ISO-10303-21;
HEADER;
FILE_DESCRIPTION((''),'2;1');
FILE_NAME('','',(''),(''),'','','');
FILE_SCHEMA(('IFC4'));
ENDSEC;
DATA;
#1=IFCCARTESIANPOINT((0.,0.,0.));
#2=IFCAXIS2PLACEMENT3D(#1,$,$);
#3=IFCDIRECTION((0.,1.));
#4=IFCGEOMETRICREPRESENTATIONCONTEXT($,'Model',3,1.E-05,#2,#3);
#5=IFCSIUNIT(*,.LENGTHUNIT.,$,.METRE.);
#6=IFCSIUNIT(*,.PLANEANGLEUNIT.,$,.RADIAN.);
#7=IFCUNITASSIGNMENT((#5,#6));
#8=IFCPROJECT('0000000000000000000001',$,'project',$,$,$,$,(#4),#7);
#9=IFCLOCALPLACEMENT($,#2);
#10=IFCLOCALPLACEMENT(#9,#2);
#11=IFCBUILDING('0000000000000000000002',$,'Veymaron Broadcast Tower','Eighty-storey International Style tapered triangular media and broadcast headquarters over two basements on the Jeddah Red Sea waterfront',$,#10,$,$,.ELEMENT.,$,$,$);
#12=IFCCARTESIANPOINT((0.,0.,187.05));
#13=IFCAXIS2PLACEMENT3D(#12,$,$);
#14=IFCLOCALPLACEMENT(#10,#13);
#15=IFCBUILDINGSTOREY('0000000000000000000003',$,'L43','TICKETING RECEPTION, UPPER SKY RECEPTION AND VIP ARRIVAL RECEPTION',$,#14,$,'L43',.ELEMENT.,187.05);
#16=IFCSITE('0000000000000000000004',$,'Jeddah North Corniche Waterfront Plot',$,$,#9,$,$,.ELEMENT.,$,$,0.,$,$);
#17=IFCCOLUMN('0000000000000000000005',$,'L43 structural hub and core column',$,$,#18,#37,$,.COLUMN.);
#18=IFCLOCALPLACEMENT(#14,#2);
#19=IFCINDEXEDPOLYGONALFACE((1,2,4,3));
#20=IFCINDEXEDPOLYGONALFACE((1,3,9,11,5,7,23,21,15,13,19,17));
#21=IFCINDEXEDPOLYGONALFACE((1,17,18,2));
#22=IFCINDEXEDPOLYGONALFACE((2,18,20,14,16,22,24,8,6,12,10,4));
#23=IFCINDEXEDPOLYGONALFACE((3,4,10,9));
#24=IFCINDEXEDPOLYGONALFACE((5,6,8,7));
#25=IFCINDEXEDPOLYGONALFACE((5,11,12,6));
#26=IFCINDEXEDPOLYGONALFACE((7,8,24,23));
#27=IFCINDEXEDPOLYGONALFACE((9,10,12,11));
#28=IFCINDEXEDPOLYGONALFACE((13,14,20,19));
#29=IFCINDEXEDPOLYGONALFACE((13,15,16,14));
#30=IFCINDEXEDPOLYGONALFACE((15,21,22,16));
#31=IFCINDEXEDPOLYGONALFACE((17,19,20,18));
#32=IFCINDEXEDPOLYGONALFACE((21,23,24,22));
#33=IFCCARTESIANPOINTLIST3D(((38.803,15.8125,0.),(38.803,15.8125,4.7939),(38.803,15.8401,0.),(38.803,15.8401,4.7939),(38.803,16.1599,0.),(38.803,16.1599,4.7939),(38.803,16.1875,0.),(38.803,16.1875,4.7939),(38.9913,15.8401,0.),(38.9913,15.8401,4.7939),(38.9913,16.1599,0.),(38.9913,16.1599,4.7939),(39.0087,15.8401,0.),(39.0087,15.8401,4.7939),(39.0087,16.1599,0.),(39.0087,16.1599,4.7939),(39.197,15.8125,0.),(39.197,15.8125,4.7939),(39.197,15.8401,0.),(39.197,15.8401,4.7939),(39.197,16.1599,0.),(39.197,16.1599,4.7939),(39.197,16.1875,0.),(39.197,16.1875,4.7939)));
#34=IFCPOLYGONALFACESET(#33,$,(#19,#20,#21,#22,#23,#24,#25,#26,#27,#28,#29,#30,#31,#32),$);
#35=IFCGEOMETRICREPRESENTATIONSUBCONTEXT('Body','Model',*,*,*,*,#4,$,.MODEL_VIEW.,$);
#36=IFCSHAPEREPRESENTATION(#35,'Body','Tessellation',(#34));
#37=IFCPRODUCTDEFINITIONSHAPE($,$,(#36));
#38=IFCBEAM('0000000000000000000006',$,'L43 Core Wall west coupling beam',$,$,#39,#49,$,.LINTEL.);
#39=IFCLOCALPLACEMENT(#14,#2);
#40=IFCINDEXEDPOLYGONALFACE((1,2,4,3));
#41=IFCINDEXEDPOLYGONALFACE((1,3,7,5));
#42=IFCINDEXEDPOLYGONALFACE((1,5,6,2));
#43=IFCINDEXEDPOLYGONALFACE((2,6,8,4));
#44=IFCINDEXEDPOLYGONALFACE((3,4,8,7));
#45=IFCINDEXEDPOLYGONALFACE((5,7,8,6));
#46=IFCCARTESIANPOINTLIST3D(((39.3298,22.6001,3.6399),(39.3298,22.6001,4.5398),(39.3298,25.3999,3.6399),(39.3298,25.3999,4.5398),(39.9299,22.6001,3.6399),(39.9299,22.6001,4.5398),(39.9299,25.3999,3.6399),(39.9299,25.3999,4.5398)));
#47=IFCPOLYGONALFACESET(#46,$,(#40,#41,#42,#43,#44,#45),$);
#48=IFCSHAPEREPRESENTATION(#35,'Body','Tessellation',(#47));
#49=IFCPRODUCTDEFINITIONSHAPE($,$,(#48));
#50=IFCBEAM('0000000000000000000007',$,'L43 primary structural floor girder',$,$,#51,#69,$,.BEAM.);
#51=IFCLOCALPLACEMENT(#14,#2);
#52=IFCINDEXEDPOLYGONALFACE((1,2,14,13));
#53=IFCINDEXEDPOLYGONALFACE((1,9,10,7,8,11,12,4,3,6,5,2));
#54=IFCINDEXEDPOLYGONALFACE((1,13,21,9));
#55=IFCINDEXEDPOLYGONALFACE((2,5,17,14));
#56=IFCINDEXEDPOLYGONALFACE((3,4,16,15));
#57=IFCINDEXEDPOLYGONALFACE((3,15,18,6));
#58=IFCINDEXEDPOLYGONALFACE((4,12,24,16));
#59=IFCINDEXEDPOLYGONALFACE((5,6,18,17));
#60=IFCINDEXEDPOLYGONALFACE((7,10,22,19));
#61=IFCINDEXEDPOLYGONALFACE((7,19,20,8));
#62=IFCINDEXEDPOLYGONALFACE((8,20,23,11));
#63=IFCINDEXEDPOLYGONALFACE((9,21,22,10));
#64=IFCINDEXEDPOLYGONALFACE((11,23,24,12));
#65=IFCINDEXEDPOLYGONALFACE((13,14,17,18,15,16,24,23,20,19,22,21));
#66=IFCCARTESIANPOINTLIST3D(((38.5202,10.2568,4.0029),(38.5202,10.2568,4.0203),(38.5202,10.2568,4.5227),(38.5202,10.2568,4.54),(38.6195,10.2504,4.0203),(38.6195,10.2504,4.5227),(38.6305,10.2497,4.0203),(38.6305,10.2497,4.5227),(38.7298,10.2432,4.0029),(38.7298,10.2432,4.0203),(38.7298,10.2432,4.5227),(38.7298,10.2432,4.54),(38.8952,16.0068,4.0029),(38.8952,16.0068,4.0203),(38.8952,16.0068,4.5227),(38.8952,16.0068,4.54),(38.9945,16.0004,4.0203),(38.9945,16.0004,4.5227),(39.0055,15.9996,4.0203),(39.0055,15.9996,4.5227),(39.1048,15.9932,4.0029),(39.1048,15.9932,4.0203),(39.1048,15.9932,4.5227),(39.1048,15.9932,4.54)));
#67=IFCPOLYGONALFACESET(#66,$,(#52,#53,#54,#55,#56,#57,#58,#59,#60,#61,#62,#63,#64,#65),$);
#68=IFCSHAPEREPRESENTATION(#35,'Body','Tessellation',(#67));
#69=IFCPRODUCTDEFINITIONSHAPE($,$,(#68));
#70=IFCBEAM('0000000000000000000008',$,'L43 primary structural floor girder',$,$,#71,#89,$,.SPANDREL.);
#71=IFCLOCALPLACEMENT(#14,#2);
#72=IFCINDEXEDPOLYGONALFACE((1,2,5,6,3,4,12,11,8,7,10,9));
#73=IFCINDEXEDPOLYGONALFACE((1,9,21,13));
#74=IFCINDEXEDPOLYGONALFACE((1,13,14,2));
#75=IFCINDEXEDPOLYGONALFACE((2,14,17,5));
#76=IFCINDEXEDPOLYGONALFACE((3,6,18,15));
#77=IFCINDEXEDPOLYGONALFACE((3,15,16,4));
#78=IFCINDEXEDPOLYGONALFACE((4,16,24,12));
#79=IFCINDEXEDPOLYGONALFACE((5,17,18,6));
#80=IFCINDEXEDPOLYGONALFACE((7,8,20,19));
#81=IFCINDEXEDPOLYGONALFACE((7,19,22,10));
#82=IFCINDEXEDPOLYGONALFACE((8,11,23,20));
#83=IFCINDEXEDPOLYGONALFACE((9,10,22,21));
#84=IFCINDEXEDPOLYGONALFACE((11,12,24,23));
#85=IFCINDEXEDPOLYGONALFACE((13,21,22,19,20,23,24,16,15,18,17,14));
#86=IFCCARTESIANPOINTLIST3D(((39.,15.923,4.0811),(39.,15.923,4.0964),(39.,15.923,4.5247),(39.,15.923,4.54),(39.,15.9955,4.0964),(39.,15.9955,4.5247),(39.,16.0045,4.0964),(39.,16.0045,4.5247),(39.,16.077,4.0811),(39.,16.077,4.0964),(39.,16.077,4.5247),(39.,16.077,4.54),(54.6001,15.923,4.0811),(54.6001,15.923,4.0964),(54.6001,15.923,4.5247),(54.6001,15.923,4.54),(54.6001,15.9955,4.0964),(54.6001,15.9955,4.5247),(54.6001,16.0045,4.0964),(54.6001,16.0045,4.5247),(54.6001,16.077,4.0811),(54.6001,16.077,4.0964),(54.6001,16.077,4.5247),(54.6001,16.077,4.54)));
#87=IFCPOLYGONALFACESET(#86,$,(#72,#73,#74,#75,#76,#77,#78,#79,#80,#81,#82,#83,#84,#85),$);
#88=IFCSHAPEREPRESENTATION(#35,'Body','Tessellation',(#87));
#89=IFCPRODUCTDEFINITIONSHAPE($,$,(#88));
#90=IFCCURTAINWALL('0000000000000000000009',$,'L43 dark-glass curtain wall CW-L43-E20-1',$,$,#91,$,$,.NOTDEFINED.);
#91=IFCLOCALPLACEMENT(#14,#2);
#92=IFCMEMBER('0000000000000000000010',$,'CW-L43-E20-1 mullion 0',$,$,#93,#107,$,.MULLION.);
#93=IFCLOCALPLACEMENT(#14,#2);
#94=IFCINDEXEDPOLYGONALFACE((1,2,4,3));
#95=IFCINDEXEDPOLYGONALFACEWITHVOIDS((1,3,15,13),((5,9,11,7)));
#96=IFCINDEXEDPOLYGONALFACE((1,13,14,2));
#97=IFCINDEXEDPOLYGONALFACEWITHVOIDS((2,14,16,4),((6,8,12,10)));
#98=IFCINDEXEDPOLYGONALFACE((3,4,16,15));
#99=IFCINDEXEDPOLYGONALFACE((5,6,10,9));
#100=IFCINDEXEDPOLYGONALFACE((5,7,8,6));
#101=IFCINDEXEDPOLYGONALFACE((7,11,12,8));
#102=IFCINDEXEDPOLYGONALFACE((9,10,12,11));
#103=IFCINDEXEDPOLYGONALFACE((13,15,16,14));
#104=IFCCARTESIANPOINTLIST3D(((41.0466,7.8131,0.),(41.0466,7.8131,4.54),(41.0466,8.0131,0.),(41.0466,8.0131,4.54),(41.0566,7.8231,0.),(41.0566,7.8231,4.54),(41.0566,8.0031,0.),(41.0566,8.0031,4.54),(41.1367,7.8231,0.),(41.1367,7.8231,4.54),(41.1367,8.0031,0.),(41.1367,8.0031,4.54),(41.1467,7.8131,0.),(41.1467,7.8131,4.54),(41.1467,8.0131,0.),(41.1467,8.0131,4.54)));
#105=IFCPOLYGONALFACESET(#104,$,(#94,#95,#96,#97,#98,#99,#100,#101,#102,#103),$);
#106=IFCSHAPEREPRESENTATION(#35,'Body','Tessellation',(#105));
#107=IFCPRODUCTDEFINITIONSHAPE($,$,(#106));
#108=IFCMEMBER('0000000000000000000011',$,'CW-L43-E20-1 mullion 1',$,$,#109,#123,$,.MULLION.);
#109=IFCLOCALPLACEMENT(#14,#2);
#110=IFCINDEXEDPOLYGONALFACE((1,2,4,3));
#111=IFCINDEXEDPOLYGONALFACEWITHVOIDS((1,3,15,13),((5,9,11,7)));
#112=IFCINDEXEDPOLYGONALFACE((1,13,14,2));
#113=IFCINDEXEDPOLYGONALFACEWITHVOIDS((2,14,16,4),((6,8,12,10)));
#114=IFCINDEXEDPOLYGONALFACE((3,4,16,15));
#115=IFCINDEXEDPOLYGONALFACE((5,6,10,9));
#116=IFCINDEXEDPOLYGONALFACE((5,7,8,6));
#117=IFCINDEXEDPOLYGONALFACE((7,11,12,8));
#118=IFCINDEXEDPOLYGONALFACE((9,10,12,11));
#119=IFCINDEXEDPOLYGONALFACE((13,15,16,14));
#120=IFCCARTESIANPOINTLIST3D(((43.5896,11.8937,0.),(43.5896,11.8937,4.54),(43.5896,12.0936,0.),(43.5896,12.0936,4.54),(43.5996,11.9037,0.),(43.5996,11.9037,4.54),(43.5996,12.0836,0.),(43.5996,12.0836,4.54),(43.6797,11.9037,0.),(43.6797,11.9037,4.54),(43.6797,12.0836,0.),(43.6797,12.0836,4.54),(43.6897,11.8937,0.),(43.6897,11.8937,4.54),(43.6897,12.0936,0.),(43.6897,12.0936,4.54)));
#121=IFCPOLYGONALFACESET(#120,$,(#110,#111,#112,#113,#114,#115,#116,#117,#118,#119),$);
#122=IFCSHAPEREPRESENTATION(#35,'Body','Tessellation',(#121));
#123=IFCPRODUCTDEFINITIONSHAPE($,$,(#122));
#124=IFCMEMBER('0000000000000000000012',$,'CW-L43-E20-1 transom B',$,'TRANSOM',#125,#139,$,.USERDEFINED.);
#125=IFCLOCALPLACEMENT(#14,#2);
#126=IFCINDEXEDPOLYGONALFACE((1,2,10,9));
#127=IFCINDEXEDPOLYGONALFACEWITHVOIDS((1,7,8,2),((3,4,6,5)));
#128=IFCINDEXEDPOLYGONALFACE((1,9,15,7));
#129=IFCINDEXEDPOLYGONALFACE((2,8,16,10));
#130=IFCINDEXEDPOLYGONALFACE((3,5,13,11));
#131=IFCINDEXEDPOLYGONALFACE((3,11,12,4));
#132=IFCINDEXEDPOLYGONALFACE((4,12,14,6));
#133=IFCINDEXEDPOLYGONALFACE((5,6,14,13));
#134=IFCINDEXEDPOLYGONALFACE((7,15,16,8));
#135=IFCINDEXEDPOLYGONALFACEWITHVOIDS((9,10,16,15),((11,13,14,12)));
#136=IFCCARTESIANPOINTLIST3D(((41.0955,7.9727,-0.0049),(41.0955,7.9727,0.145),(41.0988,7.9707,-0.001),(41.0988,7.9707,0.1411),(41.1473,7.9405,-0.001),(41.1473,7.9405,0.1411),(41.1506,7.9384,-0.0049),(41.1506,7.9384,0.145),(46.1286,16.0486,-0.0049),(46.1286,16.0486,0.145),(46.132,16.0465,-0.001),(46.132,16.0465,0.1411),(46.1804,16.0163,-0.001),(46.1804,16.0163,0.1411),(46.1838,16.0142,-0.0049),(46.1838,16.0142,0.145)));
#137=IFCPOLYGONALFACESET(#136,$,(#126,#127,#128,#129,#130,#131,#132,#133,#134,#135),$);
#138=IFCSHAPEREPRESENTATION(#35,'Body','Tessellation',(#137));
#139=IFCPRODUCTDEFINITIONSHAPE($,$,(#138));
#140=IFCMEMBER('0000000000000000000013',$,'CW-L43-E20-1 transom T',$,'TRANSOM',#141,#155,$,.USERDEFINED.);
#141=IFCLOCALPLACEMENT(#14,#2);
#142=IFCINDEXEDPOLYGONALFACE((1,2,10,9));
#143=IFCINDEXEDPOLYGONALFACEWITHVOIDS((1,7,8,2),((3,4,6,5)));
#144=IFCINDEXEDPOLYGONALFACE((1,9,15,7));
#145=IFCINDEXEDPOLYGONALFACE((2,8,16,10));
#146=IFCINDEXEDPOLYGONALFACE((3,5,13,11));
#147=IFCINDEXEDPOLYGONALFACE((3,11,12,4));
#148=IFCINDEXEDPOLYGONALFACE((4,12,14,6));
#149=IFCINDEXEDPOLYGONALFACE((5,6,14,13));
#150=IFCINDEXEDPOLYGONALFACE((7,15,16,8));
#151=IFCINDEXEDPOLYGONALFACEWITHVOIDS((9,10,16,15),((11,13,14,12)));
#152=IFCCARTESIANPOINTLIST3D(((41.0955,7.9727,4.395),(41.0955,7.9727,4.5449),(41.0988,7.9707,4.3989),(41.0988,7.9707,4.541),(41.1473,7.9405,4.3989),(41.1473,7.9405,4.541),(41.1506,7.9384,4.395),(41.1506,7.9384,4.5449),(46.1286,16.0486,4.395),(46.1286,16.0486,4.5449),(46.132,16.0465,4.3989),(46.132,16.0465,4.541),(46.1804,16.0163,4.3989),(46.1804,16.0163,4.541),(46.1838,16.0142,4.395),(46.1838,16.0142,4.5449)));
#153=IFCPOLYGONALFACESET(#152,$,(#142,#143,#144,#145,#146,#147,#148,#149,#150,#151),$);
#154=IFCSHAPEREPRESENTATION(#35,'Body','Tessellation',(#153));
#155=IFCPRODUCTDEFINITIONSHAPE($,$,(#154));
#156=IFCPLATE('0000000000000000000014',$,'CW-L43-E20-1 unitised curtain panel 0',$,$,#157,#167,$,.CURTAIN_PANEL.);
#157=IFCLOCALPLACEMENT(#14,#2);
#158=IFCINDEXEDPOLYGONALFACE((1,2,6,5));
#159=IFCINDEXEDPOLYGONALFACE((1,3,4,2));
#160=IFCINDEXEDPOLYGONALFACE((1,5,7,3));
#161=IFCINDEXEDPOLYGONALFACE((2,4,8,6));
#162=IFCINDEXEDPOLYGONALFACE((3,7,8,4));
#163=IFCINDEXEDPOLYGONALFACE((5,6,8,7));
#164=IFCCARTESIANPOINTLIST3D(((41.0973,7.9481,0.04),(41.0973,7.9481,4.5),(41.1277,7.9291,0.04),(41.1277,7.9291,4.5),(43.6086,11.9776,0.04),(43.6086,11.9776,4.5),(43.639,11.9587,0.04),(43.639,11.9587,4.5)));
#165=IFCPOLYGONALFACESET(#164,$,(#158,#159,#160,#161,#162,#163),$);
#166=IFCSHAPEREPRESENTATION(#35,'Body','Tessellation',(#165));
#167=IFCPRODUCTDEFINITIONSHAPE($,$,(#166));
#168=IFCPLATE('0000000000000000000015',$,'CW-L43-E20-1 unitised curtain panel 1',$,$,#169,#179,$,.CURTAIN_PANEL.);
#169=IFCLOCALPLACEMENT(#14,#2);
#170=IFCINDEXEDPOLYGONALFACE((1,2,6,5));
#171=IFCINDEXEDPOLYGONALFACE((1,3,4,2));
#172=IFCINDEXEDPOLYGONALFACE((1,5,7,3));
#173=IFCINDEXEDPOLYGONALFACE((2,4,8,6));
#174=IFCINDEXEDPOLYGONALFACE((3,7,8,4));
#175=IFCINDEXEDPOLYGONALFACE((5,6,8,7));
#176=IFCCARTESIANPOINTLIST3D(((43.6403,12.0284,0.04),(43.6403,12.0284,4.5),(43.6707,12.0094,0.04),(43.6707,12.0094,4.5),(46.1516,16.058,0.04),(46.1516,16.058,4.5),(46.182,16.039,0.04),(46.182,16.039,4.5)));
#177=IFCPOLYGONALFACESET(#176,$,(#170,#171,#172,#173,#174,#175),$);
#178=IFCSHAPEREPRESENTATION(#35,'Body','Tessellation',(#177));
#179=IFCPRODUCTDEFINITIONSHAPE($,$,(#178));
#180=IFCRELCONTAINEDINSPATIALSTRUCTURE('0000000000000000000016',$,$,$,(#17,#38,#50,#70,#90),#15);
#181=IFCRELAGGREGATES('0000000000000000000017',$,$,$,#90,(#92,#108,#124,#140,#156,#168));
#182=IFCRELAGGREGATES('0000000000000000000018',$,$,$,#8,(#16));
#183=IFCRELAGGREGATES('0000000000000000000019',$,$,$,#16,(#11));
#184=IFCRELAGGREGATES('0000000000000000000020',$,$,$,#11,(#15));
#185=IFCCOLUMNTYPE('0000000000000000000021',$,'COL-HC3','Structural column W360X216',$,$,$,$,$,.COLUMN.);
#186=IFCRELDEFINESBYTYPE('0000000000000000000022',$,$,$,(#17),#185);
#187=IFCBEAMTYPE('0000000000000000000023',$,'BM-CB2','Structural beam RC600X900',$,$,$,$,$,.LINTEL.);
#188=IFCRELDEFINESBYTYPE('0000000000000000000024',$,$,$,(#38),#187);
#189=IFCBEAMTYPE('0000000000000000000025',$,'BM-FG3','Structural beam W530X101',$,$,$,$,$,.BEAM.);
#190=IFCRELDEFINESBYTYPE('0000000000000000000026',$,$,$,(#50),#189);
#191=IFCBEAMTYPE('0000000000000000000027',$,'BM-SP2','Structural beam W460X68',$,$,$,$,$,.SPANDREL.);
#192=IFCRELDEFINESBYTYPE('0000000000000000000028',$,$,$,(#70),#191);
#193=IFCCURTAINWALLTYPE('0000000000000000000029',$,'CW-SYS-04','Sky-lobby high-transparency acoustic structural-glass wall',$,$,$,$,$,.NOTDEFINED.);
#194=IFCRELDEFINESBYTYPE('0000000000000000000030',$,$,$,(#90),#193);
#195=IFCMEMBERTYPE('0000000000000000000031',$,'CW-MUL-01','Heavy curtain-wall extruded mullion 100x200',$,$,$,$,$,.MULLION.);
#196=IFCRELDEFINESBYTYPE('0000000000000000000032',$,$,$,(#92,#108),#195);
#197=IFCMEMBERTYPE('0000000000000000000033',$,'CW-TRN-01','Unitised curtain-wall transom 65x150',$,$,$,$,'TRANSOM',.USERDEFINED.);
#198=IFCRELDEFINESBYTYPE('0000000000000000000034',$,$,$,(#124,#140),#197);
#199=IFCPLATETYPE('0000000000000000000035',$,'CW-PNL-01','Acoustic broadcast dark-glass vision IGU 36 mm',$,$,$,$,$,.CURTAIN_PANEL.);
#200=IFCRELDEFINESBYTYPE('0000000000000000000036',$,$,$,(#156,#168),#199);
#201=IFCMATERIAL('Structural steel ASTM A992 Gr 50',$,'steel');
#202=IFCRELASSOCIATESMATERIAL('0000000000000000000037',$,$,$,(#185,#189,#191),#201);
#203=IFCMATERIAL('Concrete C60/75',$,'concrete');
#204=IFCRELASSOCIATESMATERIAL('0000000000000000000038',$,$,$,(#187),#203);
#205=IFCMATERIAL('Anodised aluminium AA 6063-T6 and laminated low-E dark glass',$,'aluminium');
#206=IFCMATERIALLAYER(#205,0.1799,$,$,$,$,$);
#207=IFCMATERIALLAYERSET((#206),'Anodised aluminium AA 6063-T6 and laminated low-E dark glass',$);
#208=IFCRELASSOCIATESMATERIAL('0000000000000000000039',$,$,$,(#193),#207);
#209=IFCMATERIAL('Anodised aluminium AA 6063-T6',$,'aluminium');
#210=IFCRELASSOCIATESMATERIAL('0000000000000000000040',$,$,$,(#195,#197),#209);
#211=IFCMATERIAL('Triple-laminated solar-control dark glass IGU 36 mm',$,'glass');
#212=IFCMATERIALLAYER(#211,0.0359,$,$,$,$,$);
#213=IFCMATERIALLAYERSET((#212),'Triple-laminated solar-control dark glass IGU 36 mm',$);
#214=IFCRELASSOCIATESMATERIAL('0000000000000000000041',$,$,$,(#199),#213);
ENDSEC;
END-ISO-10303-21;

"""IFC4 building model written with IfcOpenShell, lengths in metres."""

from ifc_helpers import new_model, si_unit, direction, frame, origin, origin_2d, place, context, subcontext, project, spatial, rectangle, hollow_rectangle, i_section, extrude, material, layer, layer_set, material_profile, profile_set, type_object, element, aggregate, save


model = new_model("IFC4")

# Units and contexts
model_context = context("Model", 3, precision=1e-05, world=origin(), true_north=direction((0.0, 1.0)))
body_context = subcontext(model_context, "Body", "Model", "MODEL_VIEW")
ifc_project = project(units=[si_unit("LENGTHUNIT", "METRE"), si_unit("PLANEANGLEUNIT", "RADIAN")], contexts=[model_context])

# Site, building, storey
site_placement = place(None, origin())
site = spatial("IfcSite", under=ifc_project, at=site_placement, Name="Jeddah North Corniche Waterfront Plot", CompositionType="ELEMENT", RefElevation=0.0)
building_placement = place(site_placement, origin())
building = spatial("IfcBuilding", under=site, at=building_placement, Name="Veymaron Broadcast Tower", Description="Eighty-storey International Style tapered triangular media and broadcast headquarters over two basements on the Jeddah Red Sea waterfront", CompositionType="ELEMENT")
storey_placement = place(building_placement, frame((0.0, 0.0, 187.05)))
storey = spatial("IfcBuildingStorey", under=building, at=storey_placement, Name="L43", Description="TICKETING RECEPTION, UPPER SKY RECEPTION AND VIP ARRIVAL RECEPTION", LongName="L43", CompositionType="ELEMENT", Elevation=187.05)

# Column
ifc_material_1 = material(Name="Structural steel ASTM A992 Gr 50", Category="steel")
ifc_material_profile_1 = material_profile(ifc_material_1, i_section(OverallWidth=0.394, OverallDepth=0.375, WebThickness=0.0173, FlangeThickness=0.0276, at=origin_2d()), Name="W360X216")
ifc_profile_set_1 = profile_set([ifc_material_profile_1], Name="Structural steel ASTM A992 Gr 50")
column_type = type_object("IfcColumnType", Name="COL-HC3", Description="Structural column W360X216", PredefinedType="COLUMN", material=ifc_profile_set_1)
column_placement = place(storey_placement, frame((39.0, 16.0, 0.0), z_axis=(0.0, 0.0, 1.0), x_axis=(1.0, 0.0, 0.0)))
element("IfcColumn", 1, at=column_placement, inside=storey, type_object=column_type, Name="L43 structural hub and core column", PredefinedType="COLUMN", context=body_context, shape_type="SweptSolid", body=[
    extrude(i_section(OverallWidth=0.394, OverallDepth=0.375, WebThickness=0.0173, FlangeThickness=0.0276, at=origin_2d()), origin(), (0.0, 0.0, 1.0), 4.7939),
])

# Beams
ifc_material_2 = material(Name="Concrete C60/75", Category="concrete")
ifc_material_profile_2 = material_profile(ifc_material_2, rectangle(XDim=0.6001, YDim=0.8999, at=origin_2d()), Name="RC600X900")
ifc_profile_set_2 = profile_set([ifc_material_profile_2], Name="Concrete C60/75")
beam_type_1 = type_object("IfcBeamType", Name="BM-CB2", Description="Structural beam RC600X900", PredefinedType="LINTEL", material=ifc_profile_set_2)
beam_1_placement = place(storey_placement, frame((39.6299, 22.6001, 4.0898), z_axis=(0.0, 1.0, 0.0), x_axis=(-1.0, 0.0, 0.0)))
element("IfcBeam", 2, at=beam_1_placement, inside=storey, type_object=beam_type_1, Name="L43 Core Wall west coupling beam", PredefinedType="LINTEL", context=body_context, shape_type="SweptSolid", body=[
    extrude(rectangle(XDim=0.6001, YDim=0.8999, at=origin_2d()), origin(), (0.0, 0.0, 1.0), 2.7998),
])
ifc_material_profile_3 = material_profile(ifc_material_1, i_section(OverallWidth=0.21, OverallDepth=0.5371, WebThickness=0.011, FlangeThickness=0.0173, at=origin_2d()), Name="W530X101")
ifc_profile_set_3 = profile_set([ifc_material_profile_3], Name="Structural steel ASTM A992 Gr 50")
beam_type_2 = type_object("IfcBeamType", Name="BM-FG3", Description="Structural beam W530X101", PredefinedType="BEAM", material=ifc_profile_set_3)
beam_2_placement = place(storey_placement, frame((39.0, 16.0, 4.2715), z_axis=(-0.065079, -0.99788, 0.0), x_axis=(0.99788, -0.065079, 0.0)))
element("IfcBeam", 3, at=beam_2_placement, inside=storey, type_object=beam_type_2, Name="L43 primary structural floor girder", PredefinedType="BEAM", context=body_context, shape_type="SweptSolid", body=[
    extrude(i_section(OverallWidth=0.21, OverallDepth=0.5371, WebThickness=0.011, FlangeThickness=0.0173, at=origin_2d()), origin(), (0.0, 0.0, 1.0), 5.7622),
])
ifc_material_profile_4 = material_profile(ifc_material_1, i_section(OverallWidth=0.1541, OverallDepth=0.459, WebThickness=0.009, FlangeThickness=0.0154, at=origin_2d()), Name="W460X68")
ifc_profile_set_4 = profile_set([ifc_material_profile_4], Name="Structural steel ASTM A992 Gr 50")
beam_type_3 = type_object("IfcBeamType", Name="BM-SP2", Description="Structural beam W460X68", PredefinedType="SPANDREL", material=ifc_profile_set_4)
beam_3_placement = place(storey_placement, frame((39.0, 16.0, 4.3105), z_axis=(1.0, 0.0, 0.0), x_axis=(0.0, 1.0, 0.0)))
element("IfcBeam", 4, at=beam_3_placement, inside=storey, type_object=beam_type_3, Name="L43 primary structural floor girder", PredefinedType="SPANDREL", context=body_context, shape_type="SweptSolid", body=[
    extrude(i_section(OverallWidth=0.1541, OverallDepth=0.459, WebThickness=0.009, FlangeThickness=0.0154, at=origin_2d()), origin(), (0.0, 0.0, 1.0), 15.6001),
])

# Curtain wall, members, plates
ifc_material_3 = material(Name="Anodised aluminium AA 6063-T6 and laminated low-E dark glass", Category="aluminium")
ifc_layer_1 = layer(ifc_material_3, 0.1799)
ifc_layer_set_1 = layer_set([ifc_layer_1], Name="Anodised aluminium AA 6063-T6 and laminated low-E dark glass")
curtain_wall_type = type_object("IfcCurtainWallType", Name="CW-SYS-04", Description="Sky-lobby high-transparency acoustic structural-glass wall", PredefinedType="NOTDEFINED", material=ifc_layer_set_1)
curtain_wall_placement = place(storey_placement, origin())
curtain_wall = element("IfcCurtainWall", 5, at=curtain_wall_placement, inside=storey, type_object=curtain_wall_type, Name="L43 dark-glass curtain wall CW-L43-E20-1", PredefinedType="NOTDEFINED")
ifc_material_4 = material(Name="Anodised aluminium AA 6063-T6", Category="aluminium")
ifc_material_profile_5 = material_profile(ifc_material_4, hollow_rectangle(XDim=0.1001, YDim=0.2, WallThickness=0.01, at=origin_2d()), Name="RHS200X100X10")
ifc_profile_set_5 = profile_set([ifc_material_profile_5], Name="Anodised aluminium AA 6063-T6")
member_type_1 = type_object("IfcMemberType", Name="CW-MUL-01", Description="Heavy curtain-wall extruded mullion 100x200", PredefinedType="MULLION", material=ifc_profile_set_5)
member_1_placement = place(storey_placement, frame((41.0967, 7.9131, 0.0), z_axis=(0.0, 0.0, 1.0), x_axis=(1.0, 0.0, 0.0)))
member_1 = element("IfcMember", 6, at=member_1_placement, type_object=member_type_1, Name="CW-L43-E20-1 mullion 0", PredefinedType="MULLION", context=body_context, shape_type="SweptSolid", body=[
    extrude(hollow_rectangle(XDim=0.1001, YDim=0.2, WallThickness=0.01, at=origin_2d()), origin(), (0.0, 0.0, 1.0), 4.54),
])
member_2_placement = place(storey_placement, frame((43.6396, 11.9937, 0.0), z_axis=(0.0, 0.0, 1.0), x_axis=(1.0, 0.0, 0.0)))
member_2 = element("IfcMember", 7, at=member_2_placement, type_object=member_type_1, Name="CW-L43-E20-1 mullion 1", PredefinedType="MULLION", context=body_context, shape_type="SweptSolid", body=[
    extrude(hollow_rectangle(XDim=0.1001, YDim=0.2, WallThickness=0.01, at=origin_2d()), origin(), (0.0, 0.0, 1.0), 4.54),
])
ifc_material_profile_6 = material_profile(ifc_material_4, hollow_rectangle(XDim=0.0649, YDim=0.1499, WallThickness=0.0039, at=origin_2d()), Name="AL150X65X4")
ifc_profile_set_6 = profile_set([ifc_material_profile_6], Name="Anodised aluminium AA 6063-T6")
member_type_2 = type_object("IfcMemberType", Name="CW-TRN-01", Description="Unitised curtain-wall transom 65x150", ElementType="TRANSOM", PredefinedType="USERDEFINED", material=ifc_profile_set_6)
member_3_placement = place(storey_placement, frame((41.123, 7.9556, 0.0701), z_axis=(0.528922, 0.848671, 0.0), x_axis=(-0.848671, 0.528922, 0.0)))
member_3 = element("IfcMember", 8, at=member_3_placement, type_object=member_type_2, Name="CW-L43-E20-1 transom B", ObjectType="TRANSOM", PredefinedType="USERDEFINED", context=body_context, shape_type="SweptSolid", body=[
    extrude(hollow_rectangle(XDim=0.0649, YDim=0.1499, WallThickness=0.0039, at=origin_2d()), origin(), (0.0, 0.0, 1.0), 9.5159),
])
member_4_placement = place(storey_placement, frame((41.123, 7.9556, 4.47), z_axis=(0.528922, 0.848671, 0.0), x_axis=(-0.848671, 0.528922, 0.0)))
member_4 = element("IfcMember", 9, at=member_4_placement, type_object=member_type_2, Name="CW-L43-E20-1 transom T", ObjectType="TRANSOM", PredefinedType="USERDEFINED", context=body_context, shape_type="SweptSolid", body=[
    extrude(hollow_rectangle(XDim=0.0649, YDim=0.1499, WallThickness=0.0039, at=origin_2d()), origin(), (0.0, 0.0, 1.0), 9.5159),
])
ifc_material_5 = material(Name="Triple-laminated solar-control dark glass IGU 36 mm", Category="glass")
ifc_layer_2 = layer(ifc_material_5, 0.0359)
ifc_layer_set_2 = layer_set([ifc_layer_2], Name="Triple-laminated solar-control dark glass IGU 36 mm")
plate_type = type_object("IfcPlateType", Name="CW-PNL-01", Description="Acoustic broadcast dark-glass vision IGU 36 mm", PredefinedType="CURTAIN_PANEL", material=ifc_layer_set_2)
plate_1_placement = place(storey_placement, frame((42.3682, 9.9534, 0.04), z_axis=(0.0, 0.0, 1.0), x_axis=(0.528912, 0.848676, 0.0)))
plate_1 = element("IfcPlate", 10, at=plate_1_placement, type_object=plate_type, Name="CW-L43-E20-1 unitised curtain panel 0", PredefinedType="CURTAIN_PANEL", context=body_context, shape_type="SweptSolid", body=[
    extrude(rectangle(XDim=4.748, YDim=0.0359, at=origin_2d()), origin(), (0.0, 0.0, 1.0), 4.46),
])
plate_2_placement = place(storey_placement, frame((44.9111, 14.0337, 0.04), z_axis=(0.0, 0.0, 1.0), x_axis=(0.528912, 0.848676, 0.0)))
plate_2 = element("IfcPlate", 11, at=plate_2_placement, type_object=plate_type, Name="CW-L43-E20-1 unitised curtain panel 1", PredefinedType="CURTAIN_PANEL", context=body_context, shape_type="SweptSolid", body=[
    extrude(rectangle(XDim=4.748, YDim=0.0359, at=origin_2d()), origin(), (0.0, 0.0, 1.0), 4.46),
])
aggregate(curtain_wall, [member_1, member_2, member_3, member_4, plate_1, plate_2])

save(model, "model.ifc")
